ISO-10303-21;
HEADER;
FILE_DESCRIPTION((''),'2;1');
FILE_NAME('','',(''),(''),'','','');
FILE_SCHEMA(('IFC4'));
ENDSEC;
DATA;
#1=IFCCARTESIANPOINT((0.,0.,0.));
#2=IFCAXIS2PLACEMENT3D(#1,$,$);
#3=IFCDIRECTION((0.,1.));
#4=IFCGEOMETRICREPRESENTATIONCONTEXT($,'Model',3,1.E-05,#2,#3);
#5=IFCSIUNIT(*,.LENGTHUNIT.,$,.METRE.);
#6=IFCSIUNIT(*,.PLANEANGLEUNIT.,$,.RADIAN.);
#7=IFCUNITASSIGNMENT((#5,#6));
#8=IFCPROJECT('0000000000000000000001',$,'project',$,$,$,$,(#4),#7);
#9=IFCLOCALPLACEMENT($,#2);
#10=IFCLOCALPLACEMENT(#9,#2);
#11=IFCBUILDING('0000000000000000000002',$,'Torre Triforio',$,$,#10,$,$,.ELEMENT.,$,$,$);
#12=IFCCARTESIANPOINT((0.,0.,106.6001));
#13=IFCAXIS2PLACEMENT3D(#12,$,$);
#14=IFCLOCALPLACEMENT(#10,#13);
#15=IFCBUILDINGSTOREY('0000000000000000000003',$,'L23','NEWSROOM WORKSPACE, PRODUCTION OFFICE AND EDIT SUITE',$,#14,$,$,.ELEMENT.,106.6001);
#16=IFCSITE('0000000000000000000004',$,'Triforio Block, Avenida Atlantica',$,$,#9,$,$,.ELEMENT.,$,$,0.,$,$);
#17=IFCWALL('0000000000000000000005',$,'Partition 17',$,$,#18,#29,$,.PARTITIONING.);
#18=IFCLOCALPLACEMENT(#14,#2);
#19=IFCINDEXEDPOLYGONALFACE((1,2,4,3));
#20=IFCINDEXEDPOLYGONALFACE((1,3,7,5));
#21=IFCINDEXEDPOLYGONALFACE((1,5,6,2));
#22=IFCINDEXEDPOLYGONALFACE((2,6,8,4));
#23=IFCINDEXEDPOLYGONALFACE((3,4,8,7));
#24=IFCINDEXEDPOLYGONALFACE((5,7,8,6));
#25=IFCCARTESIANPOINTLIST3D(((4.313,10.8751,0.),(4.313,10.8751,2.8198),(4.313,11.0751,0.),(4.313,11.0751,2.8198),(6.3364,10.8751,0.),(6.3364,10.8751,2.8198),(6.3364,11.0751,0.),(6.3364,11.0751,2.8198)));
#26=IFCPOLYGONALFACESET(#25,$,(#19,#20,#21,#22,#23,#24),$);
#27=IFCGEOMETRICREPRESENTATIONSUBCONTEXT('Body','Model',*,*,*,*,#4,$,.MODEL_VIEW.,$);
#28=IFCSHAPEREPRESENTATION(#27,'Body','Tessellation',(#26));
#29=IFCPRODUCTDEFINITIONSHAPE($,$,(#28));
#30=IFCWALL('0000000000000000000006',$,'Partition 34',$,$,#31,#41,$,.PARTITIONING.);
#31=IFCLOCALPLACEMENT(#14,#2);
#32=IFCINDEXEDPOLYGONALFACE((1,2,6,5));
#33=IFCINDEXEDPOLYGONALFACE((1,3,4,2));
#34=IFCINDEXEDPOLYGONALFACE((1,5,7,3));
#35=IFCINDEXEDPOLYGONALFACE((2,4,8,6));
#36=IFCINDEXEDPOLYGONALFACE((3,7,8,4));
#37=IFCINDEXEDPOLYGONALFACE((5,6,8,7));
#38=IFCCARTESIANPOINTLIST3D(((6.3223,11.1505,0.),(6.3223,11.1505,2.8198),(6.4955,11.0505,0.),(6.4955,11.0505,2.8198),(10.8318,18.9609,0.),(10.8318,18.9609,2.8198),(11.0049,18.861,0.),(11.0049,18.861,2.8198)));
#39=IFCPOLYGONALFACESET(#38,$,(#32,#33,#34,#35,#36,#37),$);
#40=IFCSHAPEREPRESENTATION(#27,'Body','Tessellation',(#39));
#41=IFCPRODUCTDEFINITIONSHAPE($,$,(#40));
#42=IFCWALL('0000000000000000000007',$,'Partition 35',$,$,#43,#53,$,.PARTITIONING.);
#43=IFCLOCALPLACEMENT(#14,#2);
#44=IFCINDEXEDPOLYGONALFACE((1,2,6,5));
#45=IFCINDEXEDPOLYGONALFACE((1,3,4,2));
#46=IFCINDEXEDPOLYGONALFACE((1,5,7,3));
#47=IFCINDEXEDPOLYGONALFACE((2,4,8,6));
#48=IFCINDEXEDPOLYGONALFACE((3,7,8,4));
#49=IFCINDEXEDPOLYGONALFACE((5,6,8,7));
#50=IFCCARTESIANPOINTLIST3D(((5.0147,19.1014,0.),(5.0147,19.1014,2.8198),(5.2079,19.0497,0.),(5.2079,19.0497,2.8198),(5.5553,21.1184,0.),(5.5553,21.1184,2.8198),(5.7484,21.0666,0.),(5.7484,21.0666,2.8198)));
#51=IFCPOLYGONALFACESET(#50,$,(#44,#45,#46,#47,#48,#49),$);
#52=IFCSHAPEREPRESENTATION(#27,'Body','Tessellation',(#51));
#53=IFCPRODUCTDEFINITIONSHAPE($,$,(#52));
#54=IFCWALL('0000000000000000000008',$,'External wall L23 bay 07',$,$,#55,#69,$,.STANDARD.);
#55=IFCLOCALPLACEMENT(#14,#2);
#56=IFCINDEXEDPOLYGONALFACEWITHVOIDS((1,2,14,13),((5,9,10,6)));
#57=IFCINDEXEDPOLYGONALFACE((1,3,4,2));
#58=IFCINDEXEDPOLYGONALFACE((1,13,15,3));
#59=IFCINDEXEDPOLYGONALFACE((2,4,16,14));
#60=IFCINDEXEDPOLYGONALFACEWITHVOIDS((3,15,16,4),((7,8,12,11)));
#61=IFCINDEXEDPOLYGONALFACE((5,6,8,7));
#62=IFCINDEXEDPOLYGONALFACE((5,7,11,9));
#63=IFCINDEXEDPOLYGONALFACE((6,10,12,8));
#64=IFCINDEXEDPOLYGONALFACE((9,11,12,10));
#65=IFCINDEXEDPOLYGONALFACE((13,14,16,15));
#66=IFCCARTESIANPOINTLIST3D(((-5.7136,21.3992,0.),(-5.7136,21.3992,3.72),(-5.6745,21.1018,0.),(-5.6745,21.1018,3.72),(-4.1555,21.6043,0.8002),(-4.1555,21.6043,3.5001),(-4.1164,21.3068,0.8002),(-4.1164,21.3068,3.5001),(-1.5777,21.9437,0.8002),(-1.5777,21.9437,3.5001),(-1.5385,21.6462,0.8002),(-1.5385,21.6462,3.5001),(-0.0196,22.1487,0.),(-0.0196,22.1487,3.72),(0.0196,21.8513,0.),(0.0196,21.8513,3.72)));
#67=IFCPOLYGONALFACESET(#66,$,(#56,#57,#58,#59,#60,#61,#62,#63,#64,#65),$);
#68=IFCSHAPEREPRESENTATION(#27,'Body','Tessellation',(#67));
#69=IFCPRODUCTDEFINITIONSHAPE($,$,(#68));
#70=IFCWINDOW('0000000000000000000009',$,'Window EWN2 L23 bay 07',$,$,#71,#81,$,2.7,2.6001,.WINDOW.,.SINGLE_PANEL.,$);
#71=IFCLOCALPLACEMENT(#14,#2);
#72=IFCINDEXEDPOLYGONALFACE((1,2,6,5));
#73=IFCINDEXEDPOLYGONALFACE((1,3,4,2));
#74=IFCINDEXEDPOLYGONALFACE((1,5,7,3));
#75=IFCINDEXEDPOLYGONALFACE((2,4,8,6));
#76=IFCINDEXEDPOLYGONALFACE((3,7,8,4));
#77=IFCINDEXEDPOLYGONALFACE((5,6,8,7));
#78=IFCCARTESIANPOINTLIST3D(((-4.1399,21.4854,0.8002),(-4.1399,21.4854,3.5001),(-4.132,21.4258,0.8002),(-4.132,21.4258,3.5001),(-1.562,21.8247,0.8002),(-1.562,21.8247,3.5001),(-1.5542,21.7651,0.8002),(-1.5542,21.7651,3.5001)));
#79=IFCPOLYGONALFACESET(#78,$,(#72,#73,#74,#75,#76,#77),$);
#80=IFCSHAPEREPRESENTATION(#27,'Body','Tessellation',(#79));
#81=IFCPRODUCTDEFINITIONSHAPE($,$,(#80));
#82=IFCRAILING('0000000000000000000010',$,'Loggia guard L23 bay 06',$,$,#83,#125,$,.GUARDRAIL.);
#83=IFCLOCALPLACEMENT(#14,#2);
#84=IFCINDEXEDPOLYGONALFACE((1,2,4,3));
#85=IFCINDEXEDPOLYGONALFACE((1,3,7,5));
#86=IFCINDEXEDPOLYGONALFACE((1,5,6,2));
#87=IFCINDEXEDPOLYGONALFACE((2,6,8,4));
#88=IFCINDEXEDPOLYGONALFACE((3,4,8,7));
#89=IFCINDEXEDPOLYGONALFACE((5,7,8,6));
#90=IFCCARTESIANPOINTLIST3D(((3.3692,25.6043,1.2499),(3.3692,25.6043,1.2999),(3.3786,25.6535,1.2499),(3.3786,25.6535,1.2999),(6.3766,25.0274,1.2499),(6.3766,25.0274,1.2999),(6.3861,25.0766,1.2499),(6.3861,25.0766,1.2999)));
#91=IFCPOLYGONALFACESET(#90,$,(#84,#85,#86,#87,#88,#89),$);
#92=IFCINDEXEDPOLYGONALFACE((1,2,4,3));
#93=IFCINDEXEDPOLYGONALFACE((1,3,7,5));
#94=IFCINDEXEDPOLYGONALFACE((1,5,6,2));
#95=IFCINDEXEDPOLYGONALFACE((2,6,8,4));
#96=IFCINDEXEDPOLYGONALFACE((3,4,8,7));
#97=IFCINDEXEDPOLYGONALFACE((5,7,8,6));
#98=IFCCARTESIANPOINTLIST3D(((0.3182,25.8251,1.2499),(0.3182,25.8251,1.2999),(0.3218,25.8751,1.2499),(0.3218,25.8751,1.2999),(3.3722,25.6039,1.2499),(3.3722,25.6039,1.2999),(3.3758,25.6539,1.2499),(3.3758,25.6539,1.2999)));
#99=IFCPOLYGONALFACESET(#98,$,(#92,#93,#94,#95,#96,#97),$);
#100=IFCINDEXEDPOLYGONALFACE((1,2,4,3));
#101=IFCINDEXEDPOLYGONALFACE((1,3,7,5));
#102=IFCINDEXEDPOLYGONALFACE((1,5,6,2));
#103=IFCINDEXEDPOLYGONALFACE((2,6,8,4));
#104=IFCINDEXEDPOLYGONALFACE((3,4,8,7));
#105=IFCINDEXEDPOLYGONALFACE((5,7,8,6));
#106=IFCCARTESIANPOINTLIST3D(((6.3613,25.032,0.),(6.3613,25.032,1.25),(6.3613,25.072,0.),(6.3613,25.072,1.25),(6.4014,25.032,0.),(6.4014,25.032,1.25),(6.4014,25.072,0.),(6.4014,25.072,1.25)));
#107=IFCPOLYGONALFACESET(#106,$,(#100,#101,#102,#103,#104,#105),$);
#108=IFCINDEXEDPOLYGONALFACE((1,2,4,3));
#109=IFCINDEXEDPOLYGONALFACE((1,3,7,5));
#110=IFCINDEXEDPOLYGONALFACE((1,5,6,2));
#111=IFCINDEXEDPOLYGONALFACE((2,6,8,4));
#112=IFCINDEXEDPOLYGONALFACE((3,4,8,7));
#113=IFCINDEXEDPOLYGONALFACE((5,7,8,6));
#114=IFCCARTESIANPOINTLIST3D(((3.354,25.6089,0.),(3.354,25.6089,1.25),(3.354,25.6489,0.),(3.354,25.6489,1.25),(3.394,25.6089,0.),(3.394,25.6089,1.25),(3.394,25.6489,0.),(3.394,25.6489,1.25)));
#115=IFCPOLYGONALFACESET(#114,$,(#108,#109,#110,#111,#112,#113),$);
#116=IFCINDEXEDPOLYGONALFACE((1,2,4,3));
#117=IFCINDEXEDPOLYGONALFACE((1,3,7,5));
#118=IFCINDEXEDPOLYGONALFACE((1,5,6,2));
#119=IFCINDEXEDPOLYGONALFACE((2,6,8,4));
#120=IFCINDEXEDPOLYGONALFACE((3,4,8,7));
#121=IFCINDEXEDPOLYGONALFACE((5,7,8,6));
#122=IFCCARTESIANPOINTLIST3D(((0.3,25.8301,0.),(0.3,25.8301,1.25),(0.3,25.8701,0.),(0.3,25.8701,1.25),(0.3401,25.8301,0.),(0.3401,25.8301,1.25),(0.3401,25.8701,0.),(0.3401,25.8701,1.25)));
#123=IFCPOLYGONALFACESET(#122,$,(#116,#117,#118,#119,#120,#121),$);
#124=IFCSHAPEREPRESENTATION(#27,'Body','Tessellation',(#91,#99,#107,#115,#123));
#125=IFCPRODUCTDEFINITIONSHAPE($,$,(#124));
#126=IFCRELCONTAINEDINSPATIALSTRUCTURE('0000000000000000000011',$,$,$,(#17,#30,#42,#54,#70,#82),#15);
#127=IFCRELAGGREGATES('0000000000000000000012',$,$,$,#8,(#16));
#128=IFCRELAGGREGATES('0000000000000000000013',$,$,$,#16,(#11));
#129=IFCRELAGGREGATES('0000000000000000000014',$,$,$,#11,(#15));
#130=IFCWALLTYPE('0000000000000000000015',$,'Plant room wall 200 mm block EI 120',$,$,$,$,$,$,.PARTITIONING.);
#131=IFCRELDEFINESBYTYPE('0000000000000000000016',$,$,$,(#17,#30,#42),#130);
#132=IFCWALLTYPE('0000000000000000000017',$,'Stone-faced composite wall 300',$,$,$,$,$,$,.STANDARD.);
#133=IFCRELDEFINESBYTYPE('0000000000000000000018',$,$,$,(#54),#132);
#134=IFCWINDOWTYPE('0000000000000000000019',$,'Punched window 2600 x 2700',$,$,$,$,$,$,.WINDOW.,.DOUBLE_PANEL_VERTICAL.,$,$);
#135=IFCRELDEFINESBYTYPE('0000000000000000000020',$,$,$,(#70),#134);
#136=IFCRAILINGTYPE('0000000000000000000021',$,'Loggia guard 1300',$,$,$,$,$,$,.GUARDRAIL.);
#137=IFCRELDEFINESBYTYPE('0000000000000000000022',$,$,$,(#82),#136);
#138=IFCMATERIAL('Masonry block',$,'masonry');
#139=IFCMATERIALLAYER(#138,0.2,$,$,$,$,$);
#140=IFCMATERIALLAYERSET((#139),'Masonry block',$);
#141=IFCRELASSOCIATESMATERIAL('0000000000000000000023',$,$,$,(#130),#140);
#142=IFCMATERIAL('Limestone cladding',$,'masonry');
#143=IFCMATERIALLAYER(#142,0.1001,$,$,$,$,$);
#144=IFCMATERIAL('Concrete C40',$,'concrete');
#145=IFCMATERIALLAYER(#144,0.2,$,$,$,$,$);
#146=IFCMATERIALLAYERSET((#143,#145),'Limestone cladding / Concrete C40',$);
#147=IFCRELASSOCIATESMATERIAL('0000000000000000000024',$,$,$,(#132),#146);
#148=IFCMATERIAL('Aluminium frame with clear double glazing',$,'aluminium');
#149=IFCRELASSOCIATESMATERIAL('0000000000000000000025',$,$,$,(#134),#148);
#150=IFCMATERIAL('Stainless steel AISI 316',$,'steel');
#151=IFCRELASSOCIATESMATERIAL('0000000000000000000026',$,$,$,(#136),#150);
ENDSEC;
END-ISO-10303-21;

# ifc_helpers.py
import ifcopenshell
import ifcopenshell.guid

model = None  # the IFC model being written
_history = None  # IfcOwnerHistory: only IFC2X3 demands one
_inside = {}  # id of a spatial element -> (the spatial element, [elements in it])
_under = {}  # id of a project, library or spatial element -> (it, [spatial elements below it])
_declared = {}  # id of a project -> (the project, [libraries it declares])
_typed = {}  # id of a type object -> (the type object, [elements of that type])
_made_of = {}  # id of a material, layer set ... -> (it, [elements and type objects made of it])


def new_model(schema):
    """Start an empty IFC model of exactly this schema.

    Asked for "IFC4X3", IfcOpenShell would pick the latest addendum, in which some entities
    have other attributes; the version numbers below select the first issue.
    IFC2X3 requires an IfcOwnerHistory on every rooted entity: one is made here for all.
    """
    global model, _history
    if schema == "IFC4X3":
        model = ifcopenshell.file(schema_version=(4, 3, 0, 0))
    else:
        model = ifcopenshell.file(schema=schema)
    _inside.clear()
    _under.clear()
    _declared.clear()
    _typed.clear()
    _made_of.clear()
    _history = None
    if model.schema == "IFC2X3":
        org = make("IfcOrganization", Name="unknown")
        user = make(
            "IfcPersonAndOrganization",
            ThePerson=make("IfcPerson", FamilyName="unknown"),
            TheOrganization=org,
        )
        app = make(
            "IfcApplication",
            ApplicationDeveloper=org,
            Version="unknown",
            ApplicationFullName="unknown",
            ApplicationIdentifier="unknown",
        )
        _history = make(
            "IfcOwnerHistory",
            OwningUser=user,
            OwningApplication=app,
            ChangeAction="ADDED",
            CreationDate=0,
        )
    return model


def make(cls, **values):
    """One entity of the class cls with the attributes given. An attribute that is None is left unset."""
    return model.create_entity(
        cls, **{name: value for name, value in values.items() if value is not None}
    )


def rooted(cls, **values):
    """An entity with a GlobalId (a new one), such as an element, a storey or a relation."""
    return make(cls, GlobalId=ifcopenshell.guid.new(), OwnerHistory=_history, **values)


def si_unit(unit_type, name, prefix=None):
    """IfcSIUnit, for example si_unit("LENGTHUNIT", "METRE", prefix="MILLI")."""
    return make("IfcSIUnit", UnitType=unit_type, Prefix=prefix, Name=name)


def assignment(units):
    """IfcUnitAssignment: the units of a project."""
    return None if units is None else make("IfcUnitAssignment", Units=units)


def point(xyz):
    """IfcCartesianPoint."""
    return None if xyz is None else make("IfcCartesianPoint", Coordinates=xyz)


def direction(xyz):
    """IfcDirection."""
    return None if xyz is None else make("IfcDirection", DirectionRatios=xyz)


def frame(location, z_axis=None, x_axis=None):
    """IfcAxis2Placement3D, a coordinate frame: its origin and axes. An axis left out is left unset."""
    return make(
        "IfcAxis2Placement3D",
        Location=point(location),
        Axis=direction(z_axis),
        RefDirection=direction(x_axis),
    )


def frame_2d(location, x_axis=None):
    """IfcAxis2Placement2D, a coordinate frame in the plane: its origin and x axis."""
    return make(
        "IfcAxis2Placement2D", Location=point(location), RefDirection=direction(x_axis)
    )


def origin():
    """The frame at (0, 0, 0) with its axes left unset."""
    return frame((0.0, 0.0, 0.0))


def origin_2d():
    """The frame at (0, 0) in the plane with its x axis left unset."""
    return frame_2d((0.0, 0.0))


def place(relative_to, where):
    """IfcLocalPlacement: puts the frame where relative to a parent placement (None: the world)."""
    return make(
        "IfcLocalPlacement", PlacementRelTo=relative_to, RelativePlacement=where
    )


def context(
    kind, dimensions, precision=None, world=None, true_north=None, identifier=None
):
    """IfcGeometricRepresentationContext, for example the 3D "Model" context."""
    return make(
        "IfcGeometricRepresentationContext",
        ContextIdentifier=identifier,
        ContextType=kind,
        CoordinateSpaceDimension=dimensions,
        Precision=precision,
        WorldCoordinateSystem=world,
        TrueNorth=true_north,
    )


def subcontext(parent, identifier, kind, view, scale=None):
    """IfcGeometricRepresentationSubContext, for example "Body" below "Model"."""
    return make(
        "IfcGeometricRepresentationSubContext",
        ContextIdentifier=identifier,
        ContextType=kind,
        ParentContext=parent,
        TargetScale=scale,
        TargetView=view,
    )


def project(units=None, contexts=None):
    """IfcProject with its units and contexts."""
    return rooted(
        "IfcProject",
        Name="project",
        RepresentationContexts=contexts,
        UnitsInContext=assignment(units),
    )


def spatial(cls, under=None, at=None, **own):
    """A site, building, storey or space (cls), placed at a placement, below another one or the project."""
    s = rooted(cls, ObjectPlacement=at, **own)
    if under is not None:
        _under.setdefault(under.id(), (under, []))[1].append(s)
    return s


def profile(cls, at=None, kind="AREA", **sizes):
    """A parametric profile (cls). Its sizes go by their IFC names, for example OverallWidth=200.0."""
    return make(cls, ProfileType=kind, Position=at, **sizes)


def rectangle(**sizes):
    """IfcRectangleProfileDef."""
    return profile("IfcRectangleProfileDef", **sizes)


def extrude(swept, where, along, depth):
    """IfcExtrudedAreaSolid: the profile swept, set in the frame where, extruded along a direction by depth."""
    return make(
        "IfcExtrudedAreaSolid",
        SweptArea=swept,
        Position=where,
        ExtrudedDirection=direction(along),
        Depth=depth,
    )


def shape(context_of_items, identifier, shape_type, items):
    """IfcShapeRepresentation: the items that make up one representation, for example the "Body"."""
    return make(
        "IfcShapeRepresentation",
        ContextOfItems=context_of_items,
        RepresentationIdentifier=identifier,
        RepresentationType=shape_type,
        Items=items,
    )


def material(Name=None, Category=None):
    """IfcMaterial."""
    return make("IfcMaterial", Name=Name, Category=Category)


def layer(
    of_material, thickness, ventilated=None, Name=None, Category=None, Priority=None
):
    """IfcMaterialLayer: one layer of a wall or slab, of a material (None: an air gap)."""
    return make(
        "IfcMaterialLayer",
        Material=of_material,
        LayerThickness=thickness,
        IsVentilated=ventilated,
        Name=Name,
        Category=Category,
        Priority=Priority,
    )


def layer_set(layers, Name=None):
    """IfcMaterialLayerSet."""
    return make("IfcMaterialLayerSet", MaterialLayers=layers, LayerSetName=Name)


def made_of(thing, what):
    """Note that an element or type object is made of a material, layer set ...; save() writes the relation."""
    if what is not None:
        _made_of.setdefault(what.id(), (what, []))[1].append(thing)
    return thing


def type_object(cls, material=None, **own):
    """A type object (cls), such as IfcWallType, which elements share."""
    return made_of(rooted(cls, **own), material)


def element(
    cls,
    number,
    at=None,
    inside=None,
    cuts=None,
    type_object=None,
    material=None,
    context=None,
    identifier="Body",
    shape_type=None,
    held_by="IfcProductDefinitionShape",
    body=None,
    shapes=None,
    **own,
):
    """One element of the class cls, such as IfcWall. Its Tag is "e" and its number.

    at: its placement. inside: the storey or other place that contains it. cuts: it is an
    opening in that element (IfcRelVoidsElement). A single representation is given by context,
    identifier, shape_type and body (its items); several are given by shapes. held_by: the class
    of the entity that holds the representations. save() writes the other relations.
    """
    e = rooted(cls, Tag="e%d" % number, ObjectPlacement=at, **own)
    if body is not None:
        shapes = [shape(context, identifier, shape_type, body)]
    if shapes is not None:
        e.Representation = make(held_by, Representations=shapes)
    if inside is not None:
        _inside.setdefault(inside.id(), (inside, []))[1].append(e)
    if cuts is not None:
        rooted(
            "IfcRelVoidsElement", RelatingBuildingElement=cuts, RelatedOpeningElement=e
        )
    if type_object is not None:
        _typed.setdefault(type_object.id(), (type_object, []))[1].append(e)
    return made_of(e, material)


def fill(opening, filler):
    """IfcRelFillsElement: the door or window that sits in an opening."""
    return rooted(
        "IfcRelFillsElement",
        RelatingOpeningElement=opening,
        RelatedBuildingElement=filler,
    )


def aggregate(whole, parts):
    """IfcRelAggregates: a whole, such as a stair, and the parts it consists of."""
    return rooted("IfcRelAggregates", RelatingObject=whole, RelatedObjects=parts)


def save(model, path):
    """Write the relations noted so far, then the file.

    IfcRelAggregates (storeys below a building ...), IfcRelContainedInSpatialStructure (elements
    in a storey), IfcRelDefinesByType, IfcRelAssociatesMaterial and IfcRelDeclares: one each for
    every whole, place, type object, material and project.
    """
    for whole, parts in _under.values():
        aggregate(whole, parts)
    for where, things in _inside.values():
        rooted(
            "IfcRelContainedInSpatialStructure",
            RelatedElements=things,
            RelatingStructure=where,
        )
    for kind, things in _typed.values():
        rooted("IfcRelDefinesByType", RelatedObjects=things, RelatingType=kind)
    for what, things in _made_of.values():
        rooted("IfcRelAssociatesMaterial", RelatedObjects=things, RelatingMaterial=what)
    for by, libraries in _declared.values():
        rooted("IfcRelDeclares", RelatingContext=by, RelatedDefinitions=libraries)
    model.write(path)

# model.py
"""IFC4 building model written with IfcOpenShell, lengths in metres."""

from ifc_helpers import new_model, si_unit, direction, frame, frame_2d, origin, origin_2d, place, context, subcontext, project, spatial, rectangle, extrude, material, layer, layer_set, type_object, element, fill, save


model = new_model("IFC4")

# Units and contexts
model_context = context("Model", 3, precision=1e-05, world=origin(), true_north=direction((0.0, 1.0)))
body_context = subcontext(model_context, "Body", "Model", "MODEL_VIEW")
ifc_project = project(units=[si_unit("LENGTHUNIT", "METRE"), si_unit("PLANEANGLEUNIT", "RADIAN")], contexts=[model_context])

# Site, building, storey
site_placement = place(None, origin())
site = spatial("IfcSite", under=ifc_project, at=site_placement, Name="Triforio Block, Avenida Atlantica", CompositionType="ELEMENT", RefElevation=0.0)
building_placement = place(site_placement, origin())
building = spatial("IfcBuilding", under=site, at=building_placement, Name="Torre Triforio", CompositionType="ELEMENT")
storey_placement = place(building_placement, frame((0.0, 0.0, 106.6001)))
storey = spatial("IfcBuildingStorey", under=building, at=storey_placement, Name="L23", Description="NEWSROOM WORKSPACE, PRODUCTION OFFICE AND EDIT SUITE", CompositionType="ELEMENT", Elevation=106.6001)

# Shared definitions
ifc_material_1 = material(Name="Masonry block", Category="masonry")
ifc_layer_1 = layer(ifc_material_1, 0.2)
ifc_layer_set_1 = layer_set([ifc_layer_1], Name="Masonry block")
wall_type_1 = type_object("IfcWallType", Name="Plant room wall 200 mm block EI 120", PredefinedType="PARTITIONING", material=ifc_layer_set_1)

# Walls
wall_1_placement = place(storey_placement, frame((4.313, 10.9751, 0.0), z_axis=(0.0, 0.0, 1.0), x_axis=(1.0, 0.0, 0.0)))
element("IfcWall", 1, at=wall_1_placement, inside=storey, type_object=wall_type_1, Name="Partition 17", PredefinedType="PARTITIONING", context=body_context, shape_type="SweptSolid", body=[
    extrude(rectangle(XDim=2.0234, YDim=0.2, at=frame_2d((1.0117, 0.0))), origin(), (0.0, 0.0, 1.0), 2.8198),
])
wall_2_placement = place(storey_placement, frame((6.4089, 11.1006, 0.0), z_axis=(0.0, 0.0, 1.0), x_axis=(0.500008, 0.866021, 0.0)))
element("IfcWall", 2, at=wall_2_placement, inside=storey, type_object=wall_type_1, Name="Partition 34", PredefinedType="PARTITIONING", context=body_context, shape_type="SweptSolid", body=[
    extrude(rectangle(XDim=9.0188, YDim=0.2, at=frame_2d((4.5093, 0.0))), origin(), (0.0, 0.0, 1.0), 2.8198),
])
wall_3_placement = place(storey_placement, frame((5.1113, 19.0757, 0.0), z_axis=(0.0, 0.0, 1.0), x_axis=(0.258871, 0.965912, 0.0)))
element("IfcWall", 3, at=wall_3_placement, inside=storey, type_object=wall_type_1, Name="Partition 35", PredefinedType="PARTITIONING", context=body_context, shape_type="SweptSolid", body=[
    extrude(rectangle(XDim=2.0881, YDim=0.2, at=frame_2d((1.0439, 0.0))), origin(), (0.0, 0.0, 1.0), 2.8198),
])

# Shared definitions
ifc_material_2 = material(Name="Limestone cladding", Category="masonry")
ifc_layer_2 = layer(ifc_material_2, 0.1001)
ifc_material_3 = material(Name="Concrete C40", Category="concrete")
ifc_layer_3 = layer(ifc_material_3, 0.2)
ifc_layer_set_2 = layer_set([ifc_layer_2, ifc_layer_3], Name="Limestone cladding / Concrete C40")
wall_type_2 = type_object("IfcWallType", Name="Stone-faced composite wall 300", PredefinedType="STANDARD", material=ifc_layer_set_2)
ifc_material_4 = material(Name="Aluminium frame with clear double glazing", Category="aluminium")

# Wall, opening, window
wall_4_placement = place(storey_placement, frame((0.0, 22.0, 0.0), z_axis=(0.0, 0.0, 1.0), x_axis=(-0.991448, -0.130504, 0.0)))
wall_4 = element("IfcWall", 4, at=wall_4_placement, inside=storey, type_object=wall_type_2, Name="External wall L23 bay 07", PredefinedType="STANDARD", context=body_context, shape_type="SweptSolid", body=[
    extrude(rectangle(XDim=5.7432, YDim=0.3, at=frame_2d((2.8716, 0.0))), origin(), (0.0, 0.0, 1.0), 3.72),
])
opening_1_placement = place(wall_4_placement, frame((1.5715, 0.0, 0.8)))
opening_1 = element("IfcOpeningElement", 5, at=opening_1_placement, cuts=wall_4, PredefinedType="OPENING", context=body_context, shape_type="SweptSolid", body=[
    extrude(rectangle(XDim=2.6001, YDim=2.7, at=frame_2d((1.3, 1.3501))), frame((0.0, 0.1599, 0.0), z_axis=(0.0, -1.0, 0.0), x_axis=(1.0, 0.0, 0.0)), (0.0, 0.0, 1.0), 0.3201),
])
window_type_1 = type_object("IfcWindowType", Name="Punched window 2600 x 2700", PartitioningType="DOUBLE_PANEL_VERTICAL", PredefinedType="WINDOW", material=ifc_material_4)
window_1_placement = place(opening_1_placement, origin())
window_1 = element("IfcWindow", 6, at=window_1_placement, inside=storey, type_object=window_type_1, Name="Window EWN2 L23 bay 07", OverallHeight=2.7, OverallWidth=2.6001, PartitioningType="SINGLE_PANEL", PredefinedType="WINDOW", context=body_context, shape_type="SweptSolid", body=[
    extrude(rectangle(XDim=2.6001, YDim=2.7, at=frame_2d((1.3, 1.3501))), frame((0.0, 0.03, 0.0), z_axis=(0.0, -1.0, 0.0), x_axis=(1.0, 0.0, 0.0)), (0.0, 0.0, 1.0), 0.0601),
])
fill(opening_1, window_1)

# Railing
ifc_material_5 = material(Name="Stainless steel AISI 316", Category="steel")
railing_type = type_object("IfcRailingType", Name="Loggia guard 1300", PredefinedType="GUARDRAIL", material=ifc_material_5)
railing_placement = place(storey_placement, frame((6.3813, 25.052, 0.0)))
element("IfcRailing", 7, at=railing_placement, inside=storey, type_object=railing_type, Name="Loggia guard L23 bay 06", PredefinedType="GUARDRAIL", context=body_context, shape_type="SweptSolid", body=[
    extrude(rectangle(XDim=0.05, YDim=0.05, at=origin_2d()), frame((0.0, 0.0, 1.2749), z_axis=(-0.982093, 0.188398, 0.0), x_axis=(-0.188398, -0.982093, 0.0)), (0.0, 0.0, 1.0), 3.0623),
    extrude(rectangle(XDim=0.05, YDim=0.05, at=origin_2d()), frame((-3.0073, 0.5769, 1.2749), z_axis=(-0.997387, 0.072239, 0.0), x_axis=(-0.072239, -0.997387, 0.0)), (0.0, 0.0, 1.0), 3.062),
    extrude(rectangle(XDim=0.04, YDim=0.04, at=origin_2d()), origin(), (0.0, 0.0, 1.0), 1.25),
    extrude(rectangle(XDim=0.04, YDim=0.04, at=origin_2d()), frame((-3.0073, 0.5769, 0.0)), (0.0, 0.0, 1.0), 1.25),
    extrude(rectangle(XDim=0.04, YDim=0.04, at=origin_2d()), frame((-6.0613, 0.7981, 0.0)), (0.0, 0.0, 1.0), 1.25),
])

save(model, "model.ifc")
